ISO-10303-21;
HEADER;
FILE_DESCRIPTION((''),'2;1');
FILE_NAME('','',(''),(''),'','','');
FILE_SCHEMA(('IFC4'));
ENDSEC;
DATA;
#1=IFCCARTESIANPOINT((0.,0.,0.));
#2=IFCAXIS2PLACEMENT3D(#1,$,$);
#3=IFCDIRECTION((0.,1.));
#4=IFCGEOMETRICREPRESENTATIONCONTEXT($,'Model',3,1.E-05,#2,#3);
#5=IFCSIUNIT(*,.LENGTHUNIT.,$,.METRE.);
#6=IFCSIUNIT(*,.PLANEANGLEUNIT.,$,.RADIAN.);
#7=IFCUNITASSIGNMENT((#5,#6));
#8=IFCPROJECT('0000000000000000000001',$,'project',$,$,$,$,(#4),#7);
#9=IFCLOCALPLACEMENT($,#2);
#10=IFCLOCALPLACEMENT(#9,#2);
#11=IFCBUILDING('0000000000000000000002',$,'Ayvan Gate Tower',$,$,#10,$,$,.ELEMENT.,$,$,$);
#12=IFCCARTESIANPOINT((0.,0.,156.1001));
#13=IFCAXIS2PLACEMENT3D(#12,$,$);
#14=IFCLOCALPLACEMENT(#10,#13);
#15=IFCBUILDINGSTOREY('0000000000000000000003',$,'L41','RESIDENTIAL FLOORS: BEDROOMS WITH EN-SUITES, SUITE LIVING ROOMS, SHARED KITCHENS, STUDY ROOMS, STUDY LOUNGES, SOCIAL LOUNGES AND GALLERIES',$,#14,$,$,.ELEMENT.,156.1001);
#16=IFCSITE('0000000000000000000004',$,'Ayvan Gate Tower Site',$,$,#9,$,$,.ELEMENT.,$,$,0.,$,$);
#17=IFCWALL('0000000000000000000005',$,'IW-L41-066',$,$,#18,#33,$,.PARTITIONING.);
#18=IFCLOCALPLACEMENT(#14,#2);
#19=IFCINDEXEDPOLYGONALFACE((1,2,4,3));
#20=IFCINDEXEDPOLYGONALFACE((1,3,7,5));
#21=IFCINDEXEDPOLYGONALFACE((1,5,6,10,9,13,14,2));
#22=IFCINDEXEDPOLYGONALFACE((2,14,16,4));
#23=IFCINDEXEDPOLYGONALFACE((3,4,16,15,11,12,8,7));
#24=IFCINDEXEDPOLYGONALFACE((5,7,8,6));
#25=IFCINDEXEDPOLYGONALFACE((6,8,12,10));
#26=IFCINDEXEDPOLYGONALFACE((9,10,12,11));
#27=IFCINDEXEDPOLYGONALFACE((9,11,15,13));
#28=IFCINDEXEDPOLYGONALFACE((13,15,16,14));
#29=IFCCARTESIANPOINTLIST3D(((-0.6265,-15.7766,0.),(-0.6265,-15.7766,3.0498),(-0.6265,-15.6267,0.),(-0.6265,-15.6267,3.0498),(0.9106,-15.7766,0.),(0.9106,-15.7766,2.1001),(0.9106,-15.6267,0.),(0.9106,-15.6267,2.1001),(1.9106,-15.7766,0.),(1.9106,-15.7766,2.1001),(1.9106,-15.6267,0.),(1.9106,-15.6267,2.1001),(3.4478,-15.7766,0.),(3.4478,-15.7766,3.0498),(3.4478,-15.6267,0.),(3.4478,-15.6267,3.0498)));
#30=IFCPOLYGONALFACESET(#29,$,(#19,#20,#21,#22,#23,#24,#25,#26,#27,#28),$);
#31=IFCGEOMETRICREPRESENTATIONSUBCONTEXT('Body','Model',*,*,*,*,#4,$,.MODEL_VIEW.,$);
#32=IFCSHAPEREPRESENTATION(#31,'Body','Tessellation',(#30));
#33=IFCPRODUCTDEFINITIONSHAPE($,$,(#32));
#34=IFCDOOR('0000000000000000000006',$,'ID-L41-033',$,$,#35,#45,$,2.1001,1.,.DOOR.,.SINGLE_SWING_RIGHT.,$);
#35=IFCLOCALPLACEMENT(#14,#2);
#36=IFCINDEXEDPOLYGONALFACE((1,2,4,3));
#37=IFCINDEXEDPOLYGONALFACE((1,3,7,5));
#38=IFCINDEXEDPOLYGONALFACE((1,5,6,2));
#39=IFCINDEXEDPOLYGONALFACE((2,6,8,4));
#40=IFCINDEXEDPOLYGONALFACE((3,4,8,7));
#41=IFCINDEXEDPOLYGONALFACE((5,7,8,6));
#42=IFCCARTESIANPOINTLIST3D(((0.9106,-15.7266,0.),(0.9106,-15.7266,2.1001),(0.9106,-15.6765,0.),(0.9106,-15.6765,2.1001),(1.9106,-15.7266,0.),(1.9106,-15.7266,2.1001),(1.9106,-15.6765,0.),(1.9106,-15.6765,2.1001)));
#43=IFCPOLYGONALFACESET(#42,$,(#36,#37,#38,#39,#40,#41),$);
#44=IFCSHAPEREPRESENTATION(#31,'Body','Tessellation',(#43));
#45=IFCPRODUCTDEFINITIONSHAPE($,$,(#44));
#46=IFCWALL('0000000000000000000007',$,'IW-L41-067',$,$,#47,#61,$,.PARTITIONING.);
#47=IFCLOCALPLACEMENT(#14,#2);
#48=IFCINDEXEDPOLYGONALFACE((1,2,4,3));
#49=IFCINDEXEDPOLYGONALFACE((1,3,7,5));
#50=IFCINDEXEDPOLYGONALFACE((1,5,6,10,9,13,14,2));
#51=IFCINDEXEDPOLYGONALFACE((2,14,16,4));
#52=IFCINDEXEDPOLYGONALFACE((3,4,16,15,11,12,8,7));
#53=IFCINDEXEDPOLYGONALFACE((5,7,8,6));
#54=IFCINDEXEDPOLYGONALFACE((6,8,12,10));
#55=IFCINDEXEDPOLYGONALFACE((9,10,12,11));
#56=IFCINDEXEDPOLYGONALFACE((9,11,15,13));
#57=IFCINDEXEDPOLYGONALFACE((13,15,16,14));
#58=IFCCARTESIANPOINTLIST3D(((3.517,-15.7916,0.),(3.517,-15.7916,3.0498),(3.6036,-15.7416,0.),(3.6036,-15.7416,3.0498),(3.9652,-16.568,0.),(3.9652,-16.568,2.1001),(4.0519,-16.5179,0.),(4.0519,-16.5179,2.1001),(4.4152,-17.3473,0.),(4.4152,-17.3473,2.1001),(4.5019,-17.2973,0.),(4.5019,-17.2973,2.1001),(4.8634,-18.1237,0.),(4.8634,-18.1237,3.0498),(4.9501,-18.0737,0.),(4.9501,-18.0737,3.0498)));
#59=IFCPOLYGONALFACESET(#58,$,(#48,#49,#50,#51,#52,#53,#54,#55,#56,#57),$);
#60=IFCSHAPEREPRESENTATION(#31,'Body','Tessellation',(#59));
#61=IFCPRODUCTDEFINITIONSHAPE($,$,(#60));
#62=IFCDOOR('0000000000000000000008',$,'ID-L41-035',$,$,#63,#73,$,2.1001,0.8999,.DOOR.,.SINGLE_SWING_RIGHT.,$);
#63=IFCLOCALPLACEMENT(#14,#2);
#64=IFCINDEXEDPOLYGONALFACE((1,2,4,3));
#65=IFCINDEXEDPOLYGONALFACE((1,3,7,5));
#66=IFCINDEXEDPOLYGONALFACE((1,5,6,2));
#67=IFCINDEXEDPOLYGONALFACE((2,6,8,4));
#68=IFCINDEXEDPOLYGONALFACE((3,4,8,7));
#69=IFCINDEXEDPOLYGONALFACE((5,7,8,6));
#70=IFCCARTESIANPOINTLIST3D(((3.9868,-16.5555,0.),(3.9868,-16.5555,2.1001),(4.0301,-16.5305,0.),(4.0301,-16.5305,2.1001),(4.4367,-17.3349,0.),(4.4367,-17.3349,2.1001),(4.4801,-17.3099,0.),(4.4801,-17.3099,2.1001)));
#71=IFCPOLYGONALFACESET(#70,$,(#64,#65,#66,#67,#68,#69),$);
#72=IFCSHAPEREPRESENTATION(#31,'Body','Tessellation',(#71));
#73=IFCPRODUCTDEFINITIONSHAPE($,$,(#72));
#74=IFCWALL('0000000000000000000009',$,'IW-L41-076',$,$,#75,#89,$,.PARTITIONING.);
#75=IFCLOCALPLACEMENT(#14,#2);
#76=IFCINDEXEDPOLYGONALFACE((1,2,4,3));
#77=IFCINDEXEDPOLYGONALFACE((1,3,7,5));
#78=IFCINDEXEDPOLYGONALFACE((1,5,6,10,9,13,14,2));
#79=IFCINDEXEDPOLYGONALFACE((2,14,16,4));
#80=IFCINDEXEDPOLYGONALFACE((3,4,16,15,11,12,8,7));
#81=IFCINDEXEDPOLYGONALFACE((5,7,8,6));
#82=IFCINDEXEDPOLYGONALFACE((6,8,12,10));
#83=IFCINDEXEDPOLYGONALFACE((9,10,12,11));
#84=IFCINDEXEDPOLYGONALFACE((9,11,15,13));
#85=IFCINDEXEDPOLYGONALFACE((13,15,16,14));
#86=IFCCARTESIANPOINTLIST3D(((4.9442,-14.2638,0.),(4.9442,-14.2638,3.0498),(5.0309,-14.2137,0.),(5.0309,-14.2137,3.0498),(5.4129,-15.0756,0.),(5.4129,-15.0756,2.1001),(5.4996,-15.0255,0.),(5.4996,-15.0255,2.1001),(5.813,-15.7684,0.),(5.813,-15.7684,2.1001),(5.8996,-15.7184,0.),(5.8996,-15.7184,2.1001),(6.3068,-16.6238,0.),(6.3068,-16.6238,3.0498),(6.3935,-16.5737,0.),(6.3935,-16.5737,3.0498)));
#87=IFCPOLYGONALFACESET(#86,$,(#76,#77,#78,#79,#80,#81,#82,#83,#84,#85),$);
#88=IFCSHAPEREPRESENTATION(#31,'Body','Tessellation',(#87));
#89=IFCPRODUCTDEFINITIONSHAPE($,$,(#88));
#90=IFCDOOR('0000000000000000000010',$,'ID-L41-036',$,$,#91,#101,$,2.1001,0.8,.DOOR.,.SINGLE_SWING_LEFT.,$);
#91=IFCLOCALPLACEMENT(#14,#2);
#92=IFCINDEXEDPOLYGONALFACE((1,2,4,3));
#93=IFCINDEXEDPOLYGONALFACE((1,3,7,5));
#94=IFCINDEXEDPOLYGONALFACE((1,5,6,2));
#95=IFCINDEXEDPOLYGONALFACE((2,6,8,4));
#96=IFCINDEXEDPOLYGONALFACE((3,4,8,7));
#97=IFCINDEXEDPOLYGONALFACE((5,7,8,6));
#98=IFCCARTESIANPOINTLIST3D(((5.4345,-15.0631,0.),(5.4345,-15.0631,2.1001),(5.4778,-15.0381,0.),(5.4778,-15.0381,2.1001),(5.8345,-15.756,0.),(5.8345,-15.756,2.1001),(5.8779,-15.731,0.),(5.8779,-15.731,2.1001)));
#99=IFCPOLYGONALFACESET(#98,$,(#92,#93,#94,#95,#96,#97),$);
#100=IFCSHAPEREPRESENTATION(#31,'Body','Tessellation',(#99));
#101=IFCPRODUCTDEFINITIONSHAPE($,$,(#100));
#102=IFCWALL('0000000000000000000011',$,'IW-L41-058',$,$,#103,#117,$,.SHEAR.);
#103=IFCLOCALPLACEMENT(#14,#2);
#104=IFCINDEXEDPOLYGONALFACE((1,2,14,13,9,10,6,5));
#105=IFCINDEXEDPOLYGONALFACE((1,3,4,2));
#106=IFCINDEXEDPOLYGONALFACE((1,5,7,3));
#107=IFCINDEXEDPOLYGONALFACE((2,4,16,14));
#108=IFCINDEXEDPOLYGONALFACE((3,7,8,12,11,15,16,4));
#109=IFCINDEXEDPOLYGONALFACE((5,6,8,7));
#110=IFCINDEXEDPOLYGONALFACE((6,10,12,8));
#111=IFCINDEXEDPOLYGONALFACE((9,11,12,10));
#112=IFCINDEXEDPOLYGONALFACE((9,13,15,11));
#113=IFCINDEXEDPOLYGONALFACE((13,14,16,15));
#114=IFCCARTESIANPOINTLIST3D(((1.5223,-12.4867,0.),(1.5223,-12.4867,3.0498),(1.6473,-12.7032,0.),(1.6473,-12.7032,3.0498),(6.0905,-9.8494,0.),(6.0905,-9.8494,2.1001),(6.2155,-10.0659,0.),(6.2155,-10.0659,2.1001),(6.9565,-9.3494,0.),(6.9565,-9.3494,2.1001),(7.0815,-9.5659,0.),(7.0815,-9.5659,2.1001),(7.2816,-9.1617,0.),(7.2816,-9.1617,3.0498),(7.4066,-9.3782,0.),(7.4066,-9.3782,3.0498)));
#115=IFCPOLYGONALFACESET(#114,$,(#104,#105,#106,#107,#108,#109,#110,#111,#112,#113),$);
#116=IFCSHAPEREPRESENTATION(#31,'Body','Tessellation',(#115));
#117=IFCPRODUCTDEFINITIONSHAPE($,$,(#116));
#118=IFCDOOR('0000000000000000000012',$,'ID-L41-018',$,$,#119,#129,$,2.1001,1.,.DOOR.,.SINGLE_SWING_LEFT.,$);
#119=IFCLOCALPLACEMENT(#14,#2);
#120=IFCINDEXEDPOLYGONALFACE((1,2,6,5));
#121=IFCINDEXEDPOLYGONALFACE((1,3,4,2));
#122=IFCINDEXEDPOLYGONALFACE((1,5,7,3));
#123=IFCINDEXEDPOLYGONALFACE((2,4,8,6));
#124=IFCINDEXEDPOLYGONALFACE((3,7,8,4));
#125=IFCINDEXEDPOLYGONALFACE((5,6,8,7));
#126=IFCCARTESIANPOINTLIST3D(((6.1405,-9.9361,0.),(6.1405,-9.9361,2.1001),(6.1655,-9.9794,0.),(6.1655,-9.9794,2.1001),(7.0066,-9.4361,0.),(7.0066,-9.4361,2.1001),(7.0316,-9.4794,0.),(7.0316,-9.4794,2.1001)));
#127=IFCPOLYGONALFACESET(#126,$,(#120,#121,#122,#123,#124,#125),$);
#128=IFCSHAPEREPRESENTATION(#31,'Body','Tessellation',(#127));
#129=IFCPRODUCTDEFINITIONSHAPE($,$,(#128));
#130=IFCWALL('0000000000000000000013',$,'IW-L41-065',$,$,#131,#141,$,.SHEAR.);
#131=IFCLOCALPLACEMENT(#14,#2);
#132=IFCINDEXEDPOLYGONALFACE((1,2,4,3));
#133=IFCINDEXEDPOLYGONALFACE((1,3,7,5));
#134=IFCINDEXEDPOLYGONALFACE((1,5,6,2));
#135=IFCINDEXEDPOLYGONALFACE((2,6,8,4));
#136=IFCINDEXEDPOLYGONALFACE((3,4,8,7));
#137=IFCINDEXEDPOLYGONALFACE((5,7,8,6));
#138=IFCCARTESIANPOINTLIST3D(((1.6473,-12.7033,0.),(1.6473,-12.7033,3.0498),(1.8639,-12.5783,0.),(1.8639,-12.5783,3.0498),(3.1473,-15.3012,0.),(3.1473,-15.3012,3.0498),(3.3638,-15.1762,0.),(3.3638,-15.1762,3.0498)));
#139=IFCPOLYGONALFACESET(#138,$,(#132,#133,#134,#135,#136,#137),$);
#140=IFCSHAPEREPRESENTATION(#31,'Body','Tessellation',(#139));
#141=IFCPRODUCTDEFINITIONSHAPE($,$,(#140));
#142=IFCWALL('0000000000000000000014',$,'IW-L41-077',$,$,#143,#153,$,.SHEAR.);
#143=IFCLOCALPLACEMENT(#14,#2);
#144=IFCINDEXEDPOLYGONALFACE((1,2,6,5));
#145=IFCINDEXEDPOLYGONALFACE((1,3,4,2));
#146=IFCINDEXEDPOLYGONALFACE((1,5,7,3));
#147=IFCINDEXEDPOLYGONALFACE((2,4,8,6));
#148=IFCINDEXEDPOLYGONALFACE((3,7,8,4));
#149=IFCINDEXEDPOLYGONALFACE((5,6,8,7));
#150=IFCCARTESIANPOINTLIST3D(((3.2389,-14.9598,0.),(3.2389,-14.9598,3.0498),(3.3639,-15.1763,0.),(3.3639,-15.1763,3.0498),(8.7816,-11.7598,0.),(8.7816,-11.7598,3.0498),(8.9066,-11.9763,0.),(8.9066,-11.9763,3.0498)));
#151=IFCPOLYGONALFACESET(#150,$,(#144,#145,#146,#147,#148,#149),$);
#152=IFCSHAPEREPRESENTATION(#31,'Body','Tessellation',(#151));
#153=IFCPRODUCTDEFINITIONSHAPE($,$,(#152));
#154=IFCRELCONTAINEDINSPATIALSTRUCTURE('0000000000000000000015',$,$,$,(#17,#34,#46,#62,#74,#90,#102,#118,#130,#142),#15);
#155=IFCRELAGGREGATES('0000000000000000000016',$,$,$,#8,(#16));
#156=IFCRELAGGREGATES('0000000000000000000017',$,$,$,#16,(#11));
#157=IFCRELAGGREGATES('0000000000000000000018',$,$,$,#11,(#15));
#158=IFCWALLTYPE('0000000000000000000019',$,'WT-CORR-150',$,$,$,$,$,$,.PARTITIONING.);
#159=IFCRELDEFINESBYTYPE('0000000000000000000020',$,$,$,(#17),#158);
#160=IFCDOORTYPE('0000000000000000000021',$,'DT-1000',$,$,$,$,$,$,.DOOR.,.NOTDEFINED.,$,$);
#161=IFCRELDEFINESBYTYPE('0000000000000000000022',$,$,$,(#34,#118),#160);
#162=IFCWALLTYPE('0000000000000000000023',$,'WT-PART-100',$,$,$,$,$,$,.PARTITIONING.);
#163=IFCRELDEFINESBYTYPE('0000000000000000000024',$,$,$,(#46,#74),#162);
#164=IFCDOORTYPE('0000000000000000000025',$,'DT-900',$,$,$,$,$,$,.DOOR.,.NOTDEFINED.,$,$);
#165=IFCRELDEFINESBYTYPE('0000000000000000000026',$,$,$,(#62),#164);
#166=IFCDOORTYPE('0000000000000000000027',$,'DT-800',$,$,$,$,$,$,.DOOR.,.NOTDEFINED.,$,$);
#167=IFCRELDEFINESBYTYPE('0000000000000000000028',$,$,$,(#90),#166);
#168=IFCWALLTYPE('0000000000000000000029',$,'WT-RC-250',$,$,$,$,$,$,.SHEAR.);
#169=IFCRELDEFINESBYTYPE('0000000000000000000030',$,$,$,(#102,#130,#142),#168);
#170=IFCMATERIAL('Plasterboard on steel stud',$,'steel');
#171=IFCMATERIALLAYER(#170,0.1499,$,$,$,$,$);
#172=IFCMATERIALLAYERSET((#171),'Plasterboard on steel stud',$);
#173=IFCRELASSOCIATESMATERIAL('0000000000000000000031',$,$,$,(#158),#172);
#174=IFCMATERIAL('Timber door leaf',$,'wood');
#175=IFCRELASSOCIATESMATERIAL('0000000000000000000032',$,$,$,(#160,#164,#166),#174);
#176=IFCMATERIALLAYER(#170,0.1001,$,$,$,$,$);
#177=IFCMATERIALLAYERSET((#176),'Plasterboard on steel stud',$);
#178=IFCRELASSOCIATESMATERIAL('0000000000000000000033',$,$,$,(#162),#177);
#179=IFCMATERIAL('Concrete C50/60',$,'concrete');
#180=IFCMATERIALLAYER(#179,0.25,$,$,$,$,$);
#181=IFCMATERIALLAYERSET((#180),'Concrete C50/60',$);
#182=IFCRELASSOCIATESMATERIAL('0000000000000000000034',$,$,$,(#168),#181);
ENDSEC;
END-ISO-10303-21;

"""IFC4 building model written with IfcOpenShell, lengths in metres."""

from ifc_helpers import new_model, si_unit, direction, frame, frame_2d, origin, place, context, subcontext, project, spatial, rectangle, extrude, material, layer, layer_set, type_object, element, fill, save


model = new_model("IFC4")

# Units and contexts
model_context = context("Model", 3, precision=1e-05, world=origin(), true_north=direction((0.0, 1.0)))
body_context = subcontext(model_context, "Body", "Model", "MODEL_VIEW")
ifc_project = project(units=[si_unit("LENGTHUNIT", "METRE"), si_unit("PLANEANGLEUNIT", "RADIAN")], contexts=[model_context])

# Site, building, storey
site_placement = place(None, origin())
site = spatial("IfcSite", under=ifc_project, at=site_placement, Name="Ayvan Gate Tower Site", CompositionType="ELEMENT", RefElevation=0.0)
building_placement = place(site_placement, origin())
building = spatial("IfcBuilding", under=site, at=building_placement, Name="Ayvan Gate Tower", CompositionType="ELEMENT")
storey_placement = place(building_placement, frame((0.0, 0.0, 156.1001)))
storey = spatial("IfcBuildingStorey", under=building, at=storey_placement, Name="L41", Description="RESIDENTIAL FLOORS: BEDROOMS WITH EN-SUITES, SUITE LIVING ROOMS, SHARED KITCHENS, STUDY ROOMS, STUDY LOUNGES, SOCIAL LOUNGES AND GALLERIES", CompositionType="ELEMENT", Elevation=156.1001)

# Shared definitions
ifc_material_1 = material(Name="Plasterboard on steel stud", Category="steel")
ifc_layer_1 = layer(ifc_material_1, 0.1499)
ifc_layer_set_1 = layer_set([ifc_layer_1], Name="Plasterboard on steel stud")
wall_type_1 = type_object("IfcWallType", Name="WT-CORR-150", PredefinedType="PARTITIONING", material=ifc_layer_set_1)

# Walls, openings, doors
wall_1_placement = place(storey_placement, frame((3.4478, -15.7017, 0.0), z_axis=(0.0, 0.0, 1.0), x_axis=(-1.0, 0.0, 0.0)))
wall_1 = element("IfcWall", 1, at=wall_1_placement, inside=storey, type_object=wall_type_1, Name="IW-L41-066", PredefinedType="PARTITIONING", context=body_context, shape_type="SweptSolid", body=[
    extrude(rectangle(XDim=4.0742, YDim=0.1499, at=frame_2d((2.0371, 0.0))), origin(), (0.0, 0.0, 1.0), 3.0498),
])
opening_1_placement = place(wall_1_placement, frame((1.5371, 0.0, 0.0)))
opening_1 = element("IfcOpeningElement", 2, at=opening_1_placement, cuts=wall_1, PredefinedType="OPENING", context=body_context, shape_type="SweptSolid", body=[
    extrude(rectangle(XDim=1.0, YDim=2.1001, at=frame_2d((0.5, 1.05))), frame((0.0, 0.085, 0.0), z_axis=(0.0, -1.0, 0.0), x_axis=(1.0, 0.0, 0.0)), (0.0, 0.0, 1.0), 0.1699),
])
ifc_material_2 = material(Name="Timber door leaf", Category="wood")
door_type_1 = type_object("IfcDoorType", Name="DT-1000", OperationType="NOTDEFINED", PredefinedType="DOOR", material=ifc_material_2)
door_1_placement = place(opening_1_placement, origin())
door_1 = element("IfcDoor", 3, at=door_1_placement, inside=storey, type_object=door_type_1, Name="ID-L41-033", OperationType="SINGLE_SWING_RIGHT", OverallHeight=2.1001, OverallWidth=1.0, PredefinedType="DOOR", context=body_context, shape_type="SweptSolid", body=[
    extrude(rectangle(XDim=1.0, YDim=2.1001, at=frame_2d((0.5, 1.05))), frame((0.0, 0.0249, 0.0), z_axis=(0.0, -1.0, 0.0), x_axis=(1.0, 0.0, 0.0)), (0.0, 0.0, 1.0), 0.05),
])
fill(opening_1, door_1)
ifc_layer_2 = layer(ifc_material_1, 0.1001)
ifc_layer_set_2 = layer_set([ifc_layer_2], Name="Plasterboard on steel stud")
wall_type_2 = type_object("IfcWallType", Name="WT-PART-100", PredefinedType="PARTITIONING", material=ifc_layer_set_2)
wall_2_placement = place(storey_placement, frame((3.5603, -15.7666, 0.0), z_axis=(0.0, 0.0, 1.0), x_axis=(0.50001, -0.86602, 0.0)))
wall_2 = element("IfcWall", 4, at=wall_2_placement, inside=storey, type_object=wall_type_2, Name="IW-L41-067", PredefinedType="PARTITIONING", context=body_context, shape_type="SweptSolid", body=[
    extrude(rectangle(XDim=2.6929, YDim=0.1001, at=frame_2d((1.3464, 0.0))), origin(), (0.0, 0.0, 1.0), 3.0498),
])
opening_2_placement = place(wall_2_placement, frame((0.8965, 0.0, 0.0)))
opening_2 = element("IfcOpeningElement", 5, at=opening_2_placement, cuts=wall_2, PredefinedType="OPENING", context=body_context, shape_type="SweptSolid", body=[
    extrude(rectangle(XDim=0.8999, YDim=2.1001, at=frame_2d((0.45, 1.05))), frame((0.0, 0.0601, 0.0), z_axis=(0.0, -1.0, 0.0), x_axis=(1.0, 0.0, 0.0)), (0.0, 0.0, 1.0), 0.1201),
])
door_type_2 = type_object("IfcDoorType", Name="DT-900", OperationType="NOTDEFINED", PredefinedType="DOOR", material=ifc_material_2)
door_2_placement = place(opening_2_placement, origin())
door_2 = element("IfcDoor", 6, at=door_2_placement, inside=storey, type_object=door_type_2, Name="ID-L41-035", OperationType="SINGLE_SWING_RIGHT", OverallHeight=2.1001, OverallWidth=0.8999, PredefinedType="DOOR", context=body_context, shape_type="SweptSolid", body=[
    extrude(rectangle(XDim=0.8999, YDim=2.1001, at=frame_2d((0.45, 1.05))), frame((0.0, 0.0249, 0.0), z_axis=(0.0, -1.0, 0.0), x_axis=(1.0, 0.0, 0.0)), (0.0, 0.0, 1.0), 0.05),
])
fill(opening_2, door_2)
wall_3_placement = place(storey_placement, frame((4.9875, -14.2388, 0.0), z_axis=(0.0, 0.0, 1.0), x_axis=(0.500022, -0.866013, 0.0)))
wall_3 = element("IfcWall", 7, at=wall_3_placement, inside=storey, type_object=wall_type_2, Name="IW-L41-076", PredefinedType="PARTITIONING", context=body_context, shape_type="SweptSolid", body=[
    extrude(rectangle(XDim=2.7251, YDim=0.1001, at=frame_2d((1.3625, 0.0))), origin(), (0.0, 0.0, 1.0), 3.0498),
])
opening_3_placement = place(wall_3_placement, frame((0.9375, 0.0, 0.0)))
opening_3 = element("IfcOpeningElement", 8, at=opening_3_placement, cuts=wall_3, PredefinedType="OPENING", context=body_context, shape_type="SweptSolid", body=[
    extrude(rectangle(XDim=0.8, YDim=2.1001, at=frame_2d((0.3999, 1.05))), frame((0.0, 0.0601, 0.0), z_axis=(0.0, -1.0, 0.0), x_axis=(1.0, 0.0, 0.0)), (0.0, 0.0, 1.0), 0.1201),
])
door_type_3 = type_object("IfcDoorType", Name="DT-800", OperationType="NOTDEFINED", PredefinedType="DOOR", material=ifc_material_2)
door_3_placement = place(opening_3_placement, origin())
door_3 = element("IfcDoor", 9, at=door_3_placement, inside=storey, type_object=door_type_3, Name="ID-L41-036", OperationType="SINGLE_SWING_LEFT", OverallHeight=2.1001, OverallWidth=0.8, PredefinedType="DOOR", context=body_context, shape_type="SweptSolid", body=[
    extrude(rectangle(XDim=0.8, YDim=2.1001, at=frame_2d((0.3999, 1.05))), frame((0.0, 0.0249, 0.0), z_axis=(0.0, -1.0, 0.0), x_axis=(1.0, 0.0, 0.0)), (0.0, 0.0, 1.0), 0.05),
])
fill(opening_3, door_3)
ifc_material_3 = material(Name="Concrete C50/60", Category="concrete")
ifc_layer_3 = layer(ifc_material_3, 0.25)
ifc_layer_set_3 = layer_set([ifc_layer_3], Name="Concrete C50/60")
wall_type_3 = type_object("IfcWallType", Name="WT-RC-250", PredefinedType="SHEAR", material=ifc_layer_set_3)
wall_4_placement = place(storey_placement, frame((1.5847, -12.595, 0.0), z_axis=(0.0, 0.0, 1.0), x_axis=(0.866036, 0.499981, 0.0)))
wall_4 = element("IfcWall", 10, at=wall_4_placement, inside=storey, type_object=wall_type_3, Name="IW-L41-058", PredefinedType="SHEAR", context=body_context, shape_type="SweptSolid", body=[
    extrude(rectangle(XDim=6.6501, YDim=0.25, at=frame_2d((3.3252, 0.0))), origin(), (0.0, 0.0, 1.0), 3.0498),
])
opening_4_placement = place(wall_4_placement, frame((5.2749, 0.0, 0.0)))
opening_4 = element("IfcOpeningElement", 11, at=opening_4_placement, cuts=wall_4, PredefinedType="OPENING", context=body_context, shape_type="SweptSolid", body=[
    extrude(rectangle(XDim=1.0, YDim=2.1001, at=frame_2d((0.5, 1.05))), frame((0.0, 0.135, 0.0), z_axis=(0.0, -1.0, 0.0), x_axis=(1.0, 0.0, 0.0)), (0.0, 0.0, 1.0), 0.27),
])
door_4_placement = place(opening_4_placement, origin())
door_4 = element("IfcDoor", 12, at=door_4_placement, inside=storey, type_object=door_type_1, Name="ID-L41-018", OperationType="SINGLE_SWING_LEFT", OverallHeight=2.1001, OverallWidth=1.0, PredefinedType="DOOR", context=body_context, shape_type="SweptSolid", body=[
    extrude(rectangle(XDim=1.0, YDim=2.1001, at=frame_2d((0.5, 1.05))), frame((0.0, 0.0249, 0.0), z_axis=(0.0, -1.0, 0.0), x_axis=(1.0, 0.0, 0.0)), (0.0, 0.0, 1.0), 0.05),
])
fill(opening_4, door_4)

# Walls
wall_5_placement = place(storey_placement, frame((3.2556, -15.2388, 0.0), z_axis=(0.0, 0.0, 1.0), x_axis=(-0.500025, 0.866011, 0.0)))
element("IfcWall", 13, at=wall_5_placement, inside=storey, type_object=wall_type_3, Name="IW-L41-065", PredefinedType="SHEAR", context=body_context, shape_type="SweptSolid", body=[
    extrude(rectangle(XDim=2.9998, YDim=0.25, at=frame_2d((1.5, 0.0))), origin(), (0.0, 0.0, 1.0), 3.0498),
])
wall_6_placement = place(storey_placement, frame((3.3013, -15.0681, 0.0), z_axis=(0.0, 0.0, 1.0), x_axis=(0.866035, 0.499983, 0.0)))
element("IfcWall", 14, at=wall_6_placement, inside=storey, type_object=wall_type_3, Name="IW-L41-077", PredefinedType="SHEAR", context=body_context, shape_type="SweptSolid", body=[
    extrude(rectangle(XDim=6.4001, YDim=0.25, at=frame_2d((3.2002, 0.0))), origin(), (0.0, 0.0, 1.0), 3.0498),
])

save(model, "model.ifc")
